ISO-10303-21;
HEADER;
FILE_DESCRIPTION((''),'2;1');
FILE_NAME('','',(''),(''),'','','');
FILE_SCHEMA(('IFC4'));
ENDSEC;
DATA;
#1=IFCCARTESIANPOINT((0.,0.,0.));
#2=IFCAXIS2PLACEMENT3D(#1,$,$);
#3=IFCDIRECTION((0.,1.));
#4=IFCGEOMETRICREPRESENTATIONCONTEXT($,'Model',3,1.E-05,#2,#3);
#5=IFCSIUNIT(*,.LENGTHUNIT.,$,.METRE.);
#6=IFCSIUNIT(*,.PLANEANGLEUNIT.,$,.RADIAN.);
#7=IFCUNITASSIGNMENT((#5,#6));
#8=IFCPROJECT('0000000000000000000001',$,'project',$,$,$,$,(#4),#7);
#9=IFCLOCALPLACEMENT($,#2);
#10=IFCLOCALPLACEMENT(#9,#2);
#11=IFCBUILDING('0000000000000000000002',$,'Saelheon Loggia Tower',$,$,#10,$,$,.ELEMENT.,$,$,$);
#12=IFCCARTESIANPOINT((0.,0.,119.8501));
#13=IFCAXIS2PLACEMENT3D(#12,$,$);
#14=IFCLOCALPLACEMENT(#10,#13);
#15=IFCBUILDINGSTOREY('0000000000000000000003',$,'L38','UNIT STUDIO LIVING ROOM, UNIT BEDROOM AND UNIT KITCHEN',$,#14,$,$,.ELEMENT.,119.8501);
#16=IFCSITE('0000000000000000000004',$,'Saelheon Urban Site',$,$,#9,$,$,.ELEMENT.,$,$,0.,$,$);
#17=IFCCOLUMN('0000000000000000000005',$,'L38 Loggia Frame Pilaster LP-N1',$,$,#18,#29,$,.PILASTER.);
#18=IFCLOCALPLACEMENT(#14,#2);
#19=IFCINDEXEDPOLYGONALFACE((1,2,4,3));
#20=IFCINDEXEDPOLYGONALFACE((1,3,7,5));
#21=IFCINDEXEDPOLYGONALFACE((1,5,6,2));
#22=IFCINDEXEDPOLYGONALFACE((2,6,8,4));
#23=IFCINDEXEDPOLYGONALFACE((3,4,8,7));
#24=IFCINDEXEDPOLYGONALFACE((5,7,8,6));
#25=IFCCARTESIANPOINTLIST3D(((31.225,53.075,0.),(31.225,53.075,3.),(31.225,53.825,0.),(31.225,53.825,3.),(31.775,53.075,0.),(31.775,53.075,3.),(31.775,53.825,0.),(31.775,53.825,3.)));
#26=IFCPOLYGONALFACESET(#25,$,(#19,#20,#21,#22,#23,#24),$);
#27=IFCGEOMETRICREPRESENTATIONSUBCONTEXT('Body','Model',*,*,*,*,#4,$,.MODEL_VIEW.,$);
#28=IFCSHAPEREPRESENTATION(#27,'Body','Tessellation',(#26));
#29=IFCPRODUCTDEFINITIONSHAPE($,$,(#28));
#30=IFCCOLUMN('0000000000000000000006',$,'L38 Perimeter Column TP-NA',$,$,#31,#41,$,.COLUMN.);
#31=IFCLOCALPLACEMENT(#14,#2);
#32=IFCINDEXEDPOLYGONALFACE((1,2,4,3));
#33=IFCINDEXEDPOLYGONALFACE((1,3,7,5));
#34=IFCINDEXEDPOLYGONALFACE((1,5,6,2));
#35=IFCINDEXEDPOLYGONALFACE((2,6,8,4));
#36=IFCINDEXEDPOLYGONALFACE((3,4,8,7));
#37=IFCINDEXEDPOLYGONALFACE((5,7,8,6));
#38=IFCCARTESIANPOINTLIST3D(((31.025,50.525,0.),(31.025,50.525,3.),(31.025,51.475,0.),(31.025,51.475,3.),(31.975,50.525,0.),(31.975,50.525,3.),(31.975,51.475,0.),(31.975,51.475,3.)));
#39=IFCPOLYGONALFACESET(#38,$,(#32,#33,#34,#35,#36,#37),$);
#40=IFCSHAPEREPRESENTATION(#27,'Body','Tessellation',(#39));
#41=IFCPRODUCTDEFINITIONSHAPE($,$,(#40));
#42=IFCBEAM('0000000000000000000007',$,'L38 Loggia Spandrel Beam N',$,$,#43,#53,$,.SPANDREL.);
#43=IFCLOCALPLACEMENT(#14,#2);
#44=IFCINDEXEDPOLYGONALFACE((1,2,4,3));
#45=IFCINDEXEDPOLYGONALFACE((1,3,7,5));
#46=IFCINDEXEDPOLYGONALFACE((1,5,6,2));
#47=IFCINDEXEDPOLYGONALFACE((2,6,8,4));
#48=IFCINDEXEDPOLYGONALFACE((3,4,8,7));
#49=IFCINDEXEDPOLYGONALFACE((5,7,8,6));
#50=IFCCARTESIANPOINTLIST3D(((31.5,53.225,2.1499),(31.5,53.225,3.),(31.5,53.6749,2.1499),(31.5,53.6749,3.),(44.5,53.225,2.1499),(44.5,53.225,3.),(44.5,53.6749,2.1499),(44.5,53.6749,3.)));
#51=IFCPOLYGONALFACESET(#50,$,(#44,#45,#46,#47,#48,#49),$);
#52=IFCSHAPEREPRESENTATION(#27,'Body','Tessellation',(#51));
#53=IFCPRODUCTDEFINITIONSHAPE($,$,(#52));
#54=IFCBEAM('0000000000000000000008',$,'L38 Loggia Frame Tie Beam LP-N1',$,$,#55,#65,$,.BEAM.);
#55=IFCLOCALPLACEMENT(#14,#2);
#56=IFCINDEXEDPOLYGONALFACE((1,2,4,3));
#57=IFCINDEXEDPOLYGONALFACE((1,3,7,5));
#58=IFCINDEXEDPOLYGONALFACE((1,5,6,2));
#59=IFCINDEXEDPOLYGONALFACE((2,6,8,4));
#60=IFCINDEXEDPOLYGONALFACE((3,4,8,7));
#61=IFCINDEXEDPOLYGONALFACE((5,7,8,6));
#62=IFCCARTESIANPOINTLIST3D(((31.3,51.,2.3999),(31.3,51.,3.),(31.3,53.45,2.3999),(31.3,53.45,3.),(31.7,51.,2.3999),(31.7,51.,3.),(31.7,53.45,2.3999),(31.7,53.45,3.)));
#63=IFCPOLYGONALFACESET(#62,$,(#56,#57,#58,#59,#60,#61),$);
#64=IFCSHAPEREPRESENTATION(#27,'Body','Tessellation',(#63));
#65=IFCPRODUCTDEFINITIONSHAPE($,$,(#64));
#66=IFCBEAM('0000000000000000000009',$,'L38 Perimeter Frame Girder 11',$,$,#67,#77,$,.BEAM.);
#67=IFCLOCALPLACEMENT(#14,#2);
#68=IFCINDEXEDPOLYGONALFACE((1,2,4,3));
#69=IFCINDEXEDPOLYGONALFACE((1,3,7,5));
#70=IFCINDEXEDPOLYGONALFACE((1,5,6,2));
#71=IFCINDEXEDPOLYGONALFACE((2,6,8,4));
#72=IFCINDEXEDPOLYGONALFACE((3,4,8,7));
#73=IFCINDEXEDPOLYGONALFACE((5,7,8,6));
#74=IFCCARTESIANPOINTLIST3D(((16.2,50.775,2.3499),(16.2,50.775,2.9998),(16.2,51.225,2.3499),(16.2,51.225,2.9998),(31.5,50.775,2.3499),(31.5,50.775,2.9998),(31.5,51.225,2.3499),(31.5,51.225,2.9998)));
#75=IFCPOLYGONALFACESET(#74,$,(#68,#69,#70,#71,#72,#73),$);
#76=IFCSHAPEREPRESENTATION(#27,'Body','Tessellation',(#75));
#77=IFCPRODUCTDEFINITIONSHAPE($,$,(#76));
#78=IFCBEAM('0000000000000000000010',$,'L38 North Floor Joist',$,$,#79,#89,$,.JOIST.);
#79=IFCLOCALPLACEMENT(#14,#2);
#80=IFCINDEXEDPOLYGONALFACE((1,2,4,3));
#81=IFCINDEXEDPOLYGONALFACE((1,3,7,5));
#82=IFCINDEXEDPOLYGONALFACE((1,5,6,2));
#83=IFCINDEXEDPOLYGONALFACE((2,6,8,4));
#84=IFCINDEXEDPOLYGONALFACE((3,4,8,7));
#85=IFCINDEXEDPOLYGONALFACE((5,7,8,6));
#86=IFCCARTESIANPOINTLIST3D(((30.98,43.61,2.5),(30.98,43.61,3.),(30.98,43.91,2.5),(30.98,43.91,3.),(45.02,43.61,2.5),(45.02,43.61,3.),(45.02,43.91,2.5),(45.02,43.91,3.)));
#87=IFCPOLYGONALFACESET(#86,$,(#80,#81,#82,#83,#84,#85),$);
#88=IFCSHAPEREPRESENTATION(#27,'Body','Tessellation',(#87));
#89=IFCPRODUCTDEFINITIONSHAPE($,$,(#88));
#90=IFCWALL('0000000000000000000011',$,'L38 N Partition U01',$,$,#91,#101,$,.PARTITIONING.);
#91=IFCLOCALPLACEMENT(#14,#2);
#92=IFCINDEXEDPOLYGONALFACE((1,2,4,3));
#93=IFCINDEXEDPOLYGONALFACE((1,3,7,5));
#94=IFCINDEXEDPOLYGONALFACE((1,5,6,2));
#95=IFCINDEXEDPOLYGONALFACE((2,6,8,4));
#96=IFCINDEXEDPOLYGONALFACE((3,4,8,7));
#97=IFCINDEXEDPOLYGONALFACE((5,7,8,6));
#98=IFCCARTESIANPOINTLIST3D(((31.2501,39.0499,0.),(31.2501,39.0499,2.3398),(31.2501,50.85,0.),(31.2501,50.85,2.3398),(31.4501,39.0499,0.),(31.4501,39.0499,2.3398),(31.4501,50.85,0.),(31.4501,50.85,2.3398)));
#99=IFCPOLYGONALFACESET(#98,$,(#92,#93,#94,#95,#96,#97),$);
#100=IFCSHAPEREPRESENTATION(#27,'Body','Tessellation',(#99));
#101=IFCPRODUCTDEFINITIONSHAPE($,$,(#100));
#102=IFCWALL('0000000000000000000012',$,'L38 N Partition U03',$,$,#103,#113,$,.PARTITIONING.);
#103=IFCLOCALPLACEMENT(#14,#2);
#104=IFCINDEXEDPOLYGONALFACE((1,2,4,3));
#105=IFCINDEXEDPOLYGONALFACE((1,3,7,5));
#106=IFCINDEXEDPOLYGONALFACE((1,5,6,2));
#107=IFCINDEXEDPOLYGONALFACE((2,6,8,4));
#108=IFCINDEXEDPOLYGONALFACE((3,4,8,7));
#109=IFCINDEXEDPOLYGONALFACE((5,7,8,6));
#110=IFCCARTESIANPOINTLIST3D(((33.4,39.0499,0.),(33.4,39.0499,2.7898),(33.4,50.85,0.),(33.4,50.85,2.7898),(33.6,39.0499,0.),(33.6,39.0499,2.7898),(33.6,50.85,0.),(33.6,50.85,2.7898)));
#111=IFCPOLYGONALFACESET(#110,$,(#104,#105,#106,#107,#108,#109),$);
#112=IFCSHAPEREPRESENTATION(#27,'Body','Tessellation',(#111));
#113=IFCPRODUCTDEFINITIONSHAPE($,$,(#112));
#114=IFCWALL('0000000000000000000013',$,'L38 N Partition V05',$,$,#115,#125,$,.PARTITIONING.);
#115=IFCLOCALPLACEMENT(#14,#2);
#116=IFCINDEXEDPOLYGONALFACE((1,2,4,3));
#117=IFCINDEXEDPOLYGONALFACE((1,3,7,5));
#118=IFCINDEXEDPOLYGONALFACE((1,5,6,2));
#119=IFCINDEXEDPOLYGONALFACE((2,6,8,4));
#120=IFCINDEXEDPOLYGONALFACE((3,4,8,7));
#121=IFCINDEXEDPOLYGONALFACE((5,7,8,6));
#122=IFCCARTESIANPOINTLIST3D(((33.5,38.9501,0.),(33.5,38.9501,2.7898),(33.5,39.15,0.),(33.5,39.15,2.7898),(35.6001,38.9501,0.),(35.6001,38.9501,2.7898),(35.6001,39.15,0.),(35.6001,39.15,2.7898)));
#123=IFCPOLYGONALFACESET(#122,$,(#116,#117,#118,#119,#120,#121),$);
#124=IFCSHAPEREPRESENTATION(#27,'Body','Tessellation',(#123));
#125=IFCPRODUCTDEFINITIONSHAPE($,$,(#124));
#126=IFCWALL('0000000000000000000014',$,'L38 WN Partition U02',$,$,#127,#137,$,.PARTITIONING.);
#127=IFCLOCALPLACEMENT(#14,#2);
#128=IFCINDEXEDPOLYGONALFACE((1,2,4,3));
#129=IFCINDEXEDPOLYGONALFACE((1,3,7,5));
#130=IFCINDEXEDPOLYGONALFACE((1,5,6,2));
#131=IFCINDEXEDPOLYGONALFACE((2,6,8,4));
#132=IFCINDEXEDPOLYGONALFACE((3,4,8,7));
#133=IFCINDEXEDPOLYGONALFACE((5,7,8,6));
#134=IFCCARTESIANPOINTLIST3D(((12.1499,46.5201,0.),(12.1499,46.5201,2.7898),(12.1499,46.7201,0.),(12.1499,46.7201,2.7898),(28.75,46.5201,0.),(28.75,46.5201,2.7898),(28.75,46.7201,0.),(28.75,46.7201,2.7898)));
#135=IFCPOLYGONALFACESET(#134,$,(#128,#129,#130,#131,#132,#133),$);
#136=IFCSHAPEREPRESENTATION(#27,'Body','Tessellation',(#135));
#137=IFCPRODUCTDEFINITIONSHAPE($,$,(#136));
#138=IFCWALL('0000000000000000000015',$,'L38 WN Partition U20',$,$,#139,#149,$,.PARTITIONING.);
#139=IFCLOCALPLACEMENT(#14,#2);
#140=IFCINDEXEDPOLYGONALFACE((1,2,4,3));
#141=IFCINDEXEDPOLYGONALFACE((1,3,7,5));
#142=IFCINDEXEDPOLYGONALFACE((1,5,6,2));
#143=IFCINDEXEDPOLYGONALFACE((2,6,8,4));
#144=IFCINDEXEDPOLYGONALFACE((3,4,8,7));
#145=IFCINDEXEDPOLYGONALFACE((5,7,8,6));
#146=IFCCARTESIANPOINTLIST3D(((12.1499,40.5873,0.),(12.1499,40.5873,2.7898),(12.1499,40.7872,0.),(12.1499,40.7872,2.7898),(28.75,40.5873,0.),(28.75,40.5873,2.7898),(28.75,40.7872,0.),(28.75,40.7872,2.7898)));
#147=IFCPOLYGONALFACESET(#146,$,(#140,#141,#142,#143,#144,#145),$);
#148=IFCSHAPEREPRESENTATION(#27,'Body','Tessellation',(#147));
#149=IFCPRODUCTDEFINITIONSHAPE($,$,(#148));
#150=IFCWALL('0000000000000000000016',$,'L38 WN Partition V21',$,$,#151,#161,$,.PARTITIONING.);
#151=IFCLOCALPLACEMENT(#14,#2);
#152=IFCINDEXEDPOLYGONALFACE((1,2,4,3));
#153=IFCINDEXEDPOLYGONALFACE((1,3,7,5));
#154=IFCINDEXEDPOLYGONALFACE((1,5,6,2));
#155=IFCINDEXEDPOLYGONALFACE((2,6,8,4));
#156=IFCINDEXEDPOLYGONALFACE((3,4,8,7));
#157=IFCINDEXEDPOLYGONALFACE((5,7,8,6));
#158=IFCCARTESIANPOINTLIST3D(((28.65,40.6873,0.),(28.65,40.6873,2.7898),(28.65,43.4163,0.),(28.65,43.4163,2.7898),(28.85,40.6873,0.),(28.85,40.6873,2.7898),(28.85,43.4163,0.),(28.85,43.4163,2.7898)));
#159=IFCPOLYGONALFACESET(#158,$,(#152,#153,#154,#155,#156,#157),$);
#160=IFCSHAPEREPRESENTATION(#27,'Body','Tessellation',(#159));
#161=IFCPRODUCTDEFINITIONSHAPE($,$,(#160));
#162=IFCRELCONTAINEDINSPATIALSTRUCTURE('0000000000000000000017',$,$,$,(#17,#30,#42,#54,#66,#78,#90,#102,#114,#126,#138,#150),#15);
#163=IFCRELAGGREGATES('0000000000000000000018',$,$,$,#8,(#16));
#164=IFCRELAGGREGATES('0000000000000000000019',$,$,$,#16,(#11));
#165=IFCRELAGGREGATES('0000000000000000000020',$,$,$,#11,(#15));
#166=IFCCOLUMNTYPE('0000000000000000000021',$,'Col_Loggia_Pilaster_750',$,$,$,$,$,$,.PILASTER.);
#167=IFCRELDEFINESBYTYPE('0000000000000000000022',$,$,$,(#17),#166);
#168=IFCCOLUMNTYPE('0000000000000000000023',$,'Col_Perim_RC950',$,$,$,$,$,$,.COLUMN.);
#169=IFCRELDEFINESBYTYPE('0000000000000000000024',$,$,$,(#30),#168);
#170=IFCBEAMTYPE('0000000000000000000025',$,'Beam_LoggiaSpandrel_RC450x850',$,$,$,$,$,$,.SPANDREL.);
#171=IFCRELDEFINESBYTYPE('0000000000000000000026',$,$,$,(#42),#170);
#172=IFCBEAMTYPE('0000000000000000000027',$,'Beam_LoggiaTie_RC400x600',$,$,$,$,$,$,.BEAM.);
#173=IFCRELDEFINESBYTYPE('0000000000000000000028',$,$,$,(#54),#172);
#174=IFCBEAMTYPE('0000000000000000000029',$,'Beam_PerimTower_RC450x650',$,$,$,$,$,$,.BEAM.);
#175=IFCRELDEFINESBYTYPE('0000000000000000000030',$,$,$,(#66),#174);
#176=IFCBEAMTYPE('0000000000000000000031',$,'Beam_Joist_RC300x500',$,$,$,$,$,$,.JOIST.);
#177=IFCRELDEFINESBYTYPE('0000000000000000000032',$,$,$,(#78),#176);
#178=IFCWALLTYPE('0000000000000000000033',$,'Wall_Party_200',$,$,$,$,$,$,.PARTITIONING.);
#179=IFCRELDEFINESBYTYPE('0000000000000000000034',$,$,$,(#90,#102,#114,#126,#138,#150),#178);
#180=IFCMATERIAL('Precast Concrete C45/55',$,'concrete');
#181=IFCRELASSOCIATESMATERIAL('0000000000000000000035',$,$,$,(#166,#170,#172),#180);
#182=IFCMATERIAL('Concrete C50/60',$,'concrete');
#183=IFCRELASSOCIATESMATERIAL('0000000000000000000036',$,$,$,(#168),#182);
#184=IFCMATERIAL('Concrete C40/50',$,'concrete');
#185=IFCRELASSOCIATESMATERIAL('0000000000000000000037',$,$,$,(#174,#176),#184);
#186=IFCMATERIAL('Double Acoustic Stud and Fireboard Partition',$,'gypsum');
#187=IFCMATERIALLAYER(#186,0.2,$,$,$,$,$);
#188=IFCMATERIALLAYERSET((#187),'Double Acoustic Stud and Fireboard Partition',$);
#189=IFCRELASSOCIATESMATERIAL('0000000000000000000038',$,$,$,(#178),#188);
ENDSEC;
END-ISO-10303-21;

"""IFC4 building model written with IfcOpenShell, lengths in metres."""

from ifc_helpers import new_model, si_unit, direction, frame, frame_2d, origin, origin_2d, place, context, subcontext, project, spatial, rectangle, extrude, source, transform, mapped, material, layer, layer_set, material_profile, profile_set, type_object, element, save


model = new_model("IFC4")

# Units and contexts
model_context = context("Model", 3, precision=1e-05, world=origin(), true_north=direction((0.0, 1.0)))
body_context = subcontext(model_context, "Body", "Model", "MODEL_VIEW")
ifc_project = project(units=[si_unit("LENGTHUNIT", "METRE"), si_unit("PLANEANGLEUNIT", "RADIAN")], contexts=[model_context])

# Site, building, storey
site_placement = place(None, origin())
site = spatial("IfcSite", under=ifc_project, at=site_placement, Name="Saelheon Urban Site", CompositionType="ELEMENT", RefElevation=0.0)
building_placement = place(site_placement, origin())
building = spatial("IfcBuilding", under=site, at=building_placement, Name="Saelheon Loggia Tower", CompositionType="ELEMENT")
storey_placement = place(building_placement, frame((0.0, 0.0, 119.8501)))
storey = spatial("IfcBuildingStorey", under=building, at=storey_placement, Name="L38", Description="UNIT STUDIO LIVING ROOM, UNIT BEDROOM AND UNIT KITCHEN", CompositionType="ELEMENT", Elevation=119.8501)

# Columns
ifc_material_1 = material(Name="Precast Concrete C45/55", Category="concrete")
ifc_material_profile_1 = material_profile(ifc_material_1, rectangle(XDim=0.55, YDim=0.75, at=origin_2d()), Name="RC-550x750")
ifc_profile_set_1 = profile_set([ifc_material_profile_1], Name="Precast Concrete C45/55")
column_type_1 = type_object("IfcColumnType", Name="Col_Loggia_Pilaster_750", PredefinedType="PILASTER", material=ifc_profile_set_1)
shared_shape_1 = source(origin(), body_context, "Body", "SweptSolid", [
    extrude(rectangle(XDim=0.55, YDim=0.75, at=origin_2d()), origin(), (0.0, 0.0, 1.0), 3.0),
])
column_1_placement = place(storey_placement, frame((31.5, 53.45, 0.0), z_axis=(0.0, 0.0, 1.0), x_axis=(1.0, 0.0, 0.0)))
element("IfcColumn", 1, at=column_1_placement, inside=storey, type_object=column_type_1, Name="L38 Loggia Frame Pilaster LP-N1", PredefinedType="PILASTER", context=body_context, shape_type="MappedRepresentation", body=[
    mapped(shared_shape_1, transform((0.0, 0.0, 0.0), scale=1.0)),
])
ifc_material_2 = material(Name="Concrete C50/60", Category="concrete")
ifc_material_profile_2 = material_profile(ifc_material_2, rectangle(XDim=0.95, YDim=0.95, at=origin_2d()), Name="RC-950x950")
ifc_profile_set_2 = profile_set([ifc_material_profile_2], Name="Concrete C50/60")
column_type_2 = type_object("IfcColumnType", Name="Col_Perim_RC950", PredefinedType="COLUMN", material=ifc_profile_set_2)
shared_shape_2 = source(origin(), body_context, "Body", "SweptSolid", [
    extrude(rectangle(XDim=0.95, YDim=0.95, at=origin_2d()), origin(), (0.0, 0.0, 1.0), 3.0),
])
column_2_placement = place(storey_placement, frame((31.5, 51.0, 0.0), z_axis=(0.0, 0.0, 1.0), x_axis=(1.0, 0.0, 0.0)))
element("IfcColumn", 2, at=column_2_placement, inside=storey, type_object=column_type_2, Name="L38 Perimeter Column TP-NA", PredefinedType="COLUMN", context=body_context, shape_type="MappedRepresentation", body=[
    mapped(shared_shape_2, transform((0.0, 0.0, 0.0), scale=1.0)),
])

# Beams
ifc_material_profile_3 = material_profile(ifc_material_1, rectangle(XDim=0.45, YDim=0.8501, at=origin_2d()), Name="RC-450x850")
ifc_profile_set_3 = profile_set([ifc_material_profile_3], Name="Precast Concrete C45/55")
beam_type_1 = type_object("IfcBeamType", Name="Beam_LoggiaSpandrel_RC450x850", PredefinedType="SPANDREL", material=ifc_profile_set_3)
shared_shape_3 = source(origin(), body_context, "Body", "SweptSolid", [
    extrude(rectangle(XDim=0.45, YDim=0.8501, at=origin_2d()), origin(), (0.0, 0.0, 1.0), 13.0),
])
beam_1_placement = place(storey_placement, frame((31.5, 53.45, 2.575), z_axis=(1.0, 0.0, 0.0), x_axis=(0.0, 1.0, 0.0)))
element("IfcBeam", 3, at=beam_1_placement, inside=storey, type_object=beam_type_1, Name="L38 Loggia Spandrel Beam N", PredefinedType="SPANDREL", context=body_context, shape_type="MappedRepresentation", body=[
    mapped(shared_shape_3, transform((0.0, 0.0, 0.0), scale=1.0)),
])
ifc_material_profile_4 = material_profile(ifc_material_1, rectangle(XDim=0.3999, YDim=0.6001, at=origin_2d()), Name="RC-400x600")
ifc_profile_set_4 = profile_set([ifc_material_profile_4], Name="Precast Concrete C45/55")
beam_type_2 = type_object("IfcBeamType", Name="Beam_LoggiaTie_RC400x600", PredefinedType="BEAM", material=ifc_profile_set_4)
shared_shape_4 = source(origin(), body_context, "Body", "SweptSolid", [
    extrude(rectangle(XDim=0.3999, YDim=0.6001, at=origin_2d()), origin(), (0.0, 0.0, 1.0), 2.45),
])
beam_2_placement = place(storey_placement, frame((31.5, 51.0, 2.7), z_axis=(0.0, 1.0, 0.0), x_axis=(-1.0, 0.0, 0.0)))
element("IfcBeam", 4, at=beam_2_placement, inside=storey, type_object=beam_type_2, Name="L38 Loggia Frame Tie Beam LP-N1", PredefinedType="BEAM", context=body_context, shape_type="MappedRepresentation", body=[
    mapped(shared_shape_4, transform((0.0, 0.0, 0.0), scale=1.0)),
])
ifc_material_3 = material(Name="Concrete C40/50", Category="concrete")
ifc_material_profile_5 = material_profile(ifc_material_3, rectangle(XDim=0.45, YDim=0.6499, at=origin_2d()), Name="RC-450x650")
ifc_profile_set_5 = profile_set([ifc_material_profile_5], Name="Concrete C40/50")
beam_type_3 = type_object("IfcBeamType", Name="Beam_PerimTower_RC450x650", PredefinedType="BEAM", material=ifc_profile_set_5)
shared_shape_5 = source(origin(), body_context, "Body", "SweptSolid", [
    extrude(rectangle(XDim=0.45, YDim=0.6499, at=origin_2d()), origin(), (0.0, 0.0, 1.0), 15.3),
])
beam_3_placement = place(storey_placement, frame((31.5, 51.0, 2.6748), z_axis=(-1.0, 0.0, 0.0), x_axis=(0.0, -1.0, 0.0)))
element("IfcBeam", 5, at=beam_3_placement, inside=storey, type_object=beam_type_3, Name="L38 Perimeter Frame Girder 11", PredefinedType="BEAM", context=body_context, shape_type="MappedRepresentation", body=[
    mapped(shared_shape_5, transform((0.0, 0.0, 0.0), scale=1.0)),
])
ifc_material_profile_6 = material_profile(ifc_material_3, rectangle(XDim=0.3, YDim=0.5, at=origin_2d()), Name="RC-300x500")
ifc_profile_set_6 = profile_set([ifc_material_profile_6], Name="Concrete C40/50")
beam_type_4 = type_object("IfcBeamType", Name="Beam_Joist_RC300x500", PredefinedType="JOIST", material=ifc_profile_set_6)
shared_shape_6 = source(origin(), body_context, "Body", "SweptSolid", [
    extrude(rectangle(XDim=0.3, YDim=0.5, at=origin_2d()), origin(), (0.0, 0.0, 1.0), 14.04),
])
beam_4_placement = place(storey_placement, frame((30.98, 43.76, 2.75), z_axis=(1.0, 0.0, 0.0), x_axis=(0.0, 1.0, 0.0)))
element("IfcBeam", 6, at=beam_4_placement, inside=storey, type_object=beam_type_4, Name="L38 North Floor Joist", PredefinedType="JOIST", context=body_context, shape_type="MappedRepresentation", body=[
    mapped(shared_shape_6, transform((0.0, 0.0, 0.0), scale=1.0)),
])

# Walls
ifc_material_4 = material(Name="Double Acoustic Stud and Fireboard Partition", Category="gypsum")
ifc_layer_1 = layer(ifc_material_4, 0.2)
ifc_layer_set_1 = layer_set([ifc_layer_1], Name="Double Acoustic Stud and Fireboard Partition")
wall_type_1 = type_object("IfcWallType", Name="Wall_Party_200", PredefinedType="PARTITIONING", material=ifc_layer_set_1)
wall_1_placement = place(storey_placement, frame((31.3501, 39.05, 0.0), z_axis=(0.0, 0.0, 1.0), x_axis=(0.0, 1.0, 0.0)))
element("IfcWall", 7, at=wall_1_placement, inside=storey, type_object=wall_type_1, Name="L38 N Partition U01", PredefinedType="PARTITIONING", context=body_context, shape_type="SweptSolid", body=[
    extrude(rectangle(XDim=11.8, YDim=0.2, at=frame_2d((5.8999, 0.0))), origin(), (0.0, 0.0, 1.0), 2.3398),
])
wall_2_placement = place(storey_placement, frame((33.5, 39.05, 0.0), z_axis=(0.0, 0.0, 1.0), x_axis=(0.0, 1.0, 0.0)))
element("IfcWall", 8, at=wall_2_placement, inside=storey, type_object=wall_type_1, Name="L38 N Partition U03", PredefinedType="PARTITIONING", context=body_context, shape_type="SweptSolid", body=[
    extrude(rectangle(XDim=11.8, YDim=0.2, at=frame_2d((5.8999, 0.0))), origin(), (0.0, 0.0, 1.0), 2.7898),
])
wall_3_placement = place(storey_placement, frame((33.5, 39.05, 0.0), z_axis=(0.0, 0.0, 1.0), x_axis=(1.0, 0.0, 0.0)))
element("IfcWall", 9, at=wall_3_placement, inside=storey, type_object=wall_type_1, Name="L38 N Partition V05", PredefinedType="PARTITIONING", context=body_context, shape_type="SweptSolid", body=[
    extrude(rectangle(XDim=2.1001, YDim=0.2, at=frame_2d((1.05, 0.0))), origin(), (0.0, 0.0, 1.0), 2.7898),
])
for number, where, z_axis, x_axis, name in (
    (10, (28.75, 46.6201, 0.0), (0.0, 0.0, 1.0), (-1.0, 0.0, 0.0), "L38 WN Partition U02"),
    (11, (28.75, 40.6873, 0.0), (0.0, 0.0, 1.0), (-1.0, 0.0, 0.0), "L38 WN Partition U20"),
):
    element("IfcWall", number, at=place(storey_placement, frame(where, z_axis=z_axis, x_axis=x_axis)), inside=storey, type_object=wall_type_1, Name=name, PredefinedType="PARTITIONING", context=body_context, shape_type="SweptSolid", body=[
        extrude(rectangle(XDim=16.6001, YDim=0.2, at=frame_2d((8.3, 0.0))), origin(), (0.0, 0.0, 1.0), 2.7898),
    ])
wall_4_placement = place(storey_placement, frame((28.75, 40.6873, 0.0), z_axis=(0.0, 0.0, 1.0), x_axis=(0.0, 1.0, 0.0)))
element("IfcWall", 12, at=wall_4_placement, inside=storey, type_object=wall_type_1, Name="L38 WN Partition V21", PredefinedType="PARTITIONING", context=body_context, shape_type="SweptSolid", body=[
    extrude(rectangle(XDim=2.729, YDim=0.2, at=frame_2d((1.3645, 0.0))), origin(), (0.0, 0.0, 1.0), 2.7898),
])

save(model, "model.ifc")
